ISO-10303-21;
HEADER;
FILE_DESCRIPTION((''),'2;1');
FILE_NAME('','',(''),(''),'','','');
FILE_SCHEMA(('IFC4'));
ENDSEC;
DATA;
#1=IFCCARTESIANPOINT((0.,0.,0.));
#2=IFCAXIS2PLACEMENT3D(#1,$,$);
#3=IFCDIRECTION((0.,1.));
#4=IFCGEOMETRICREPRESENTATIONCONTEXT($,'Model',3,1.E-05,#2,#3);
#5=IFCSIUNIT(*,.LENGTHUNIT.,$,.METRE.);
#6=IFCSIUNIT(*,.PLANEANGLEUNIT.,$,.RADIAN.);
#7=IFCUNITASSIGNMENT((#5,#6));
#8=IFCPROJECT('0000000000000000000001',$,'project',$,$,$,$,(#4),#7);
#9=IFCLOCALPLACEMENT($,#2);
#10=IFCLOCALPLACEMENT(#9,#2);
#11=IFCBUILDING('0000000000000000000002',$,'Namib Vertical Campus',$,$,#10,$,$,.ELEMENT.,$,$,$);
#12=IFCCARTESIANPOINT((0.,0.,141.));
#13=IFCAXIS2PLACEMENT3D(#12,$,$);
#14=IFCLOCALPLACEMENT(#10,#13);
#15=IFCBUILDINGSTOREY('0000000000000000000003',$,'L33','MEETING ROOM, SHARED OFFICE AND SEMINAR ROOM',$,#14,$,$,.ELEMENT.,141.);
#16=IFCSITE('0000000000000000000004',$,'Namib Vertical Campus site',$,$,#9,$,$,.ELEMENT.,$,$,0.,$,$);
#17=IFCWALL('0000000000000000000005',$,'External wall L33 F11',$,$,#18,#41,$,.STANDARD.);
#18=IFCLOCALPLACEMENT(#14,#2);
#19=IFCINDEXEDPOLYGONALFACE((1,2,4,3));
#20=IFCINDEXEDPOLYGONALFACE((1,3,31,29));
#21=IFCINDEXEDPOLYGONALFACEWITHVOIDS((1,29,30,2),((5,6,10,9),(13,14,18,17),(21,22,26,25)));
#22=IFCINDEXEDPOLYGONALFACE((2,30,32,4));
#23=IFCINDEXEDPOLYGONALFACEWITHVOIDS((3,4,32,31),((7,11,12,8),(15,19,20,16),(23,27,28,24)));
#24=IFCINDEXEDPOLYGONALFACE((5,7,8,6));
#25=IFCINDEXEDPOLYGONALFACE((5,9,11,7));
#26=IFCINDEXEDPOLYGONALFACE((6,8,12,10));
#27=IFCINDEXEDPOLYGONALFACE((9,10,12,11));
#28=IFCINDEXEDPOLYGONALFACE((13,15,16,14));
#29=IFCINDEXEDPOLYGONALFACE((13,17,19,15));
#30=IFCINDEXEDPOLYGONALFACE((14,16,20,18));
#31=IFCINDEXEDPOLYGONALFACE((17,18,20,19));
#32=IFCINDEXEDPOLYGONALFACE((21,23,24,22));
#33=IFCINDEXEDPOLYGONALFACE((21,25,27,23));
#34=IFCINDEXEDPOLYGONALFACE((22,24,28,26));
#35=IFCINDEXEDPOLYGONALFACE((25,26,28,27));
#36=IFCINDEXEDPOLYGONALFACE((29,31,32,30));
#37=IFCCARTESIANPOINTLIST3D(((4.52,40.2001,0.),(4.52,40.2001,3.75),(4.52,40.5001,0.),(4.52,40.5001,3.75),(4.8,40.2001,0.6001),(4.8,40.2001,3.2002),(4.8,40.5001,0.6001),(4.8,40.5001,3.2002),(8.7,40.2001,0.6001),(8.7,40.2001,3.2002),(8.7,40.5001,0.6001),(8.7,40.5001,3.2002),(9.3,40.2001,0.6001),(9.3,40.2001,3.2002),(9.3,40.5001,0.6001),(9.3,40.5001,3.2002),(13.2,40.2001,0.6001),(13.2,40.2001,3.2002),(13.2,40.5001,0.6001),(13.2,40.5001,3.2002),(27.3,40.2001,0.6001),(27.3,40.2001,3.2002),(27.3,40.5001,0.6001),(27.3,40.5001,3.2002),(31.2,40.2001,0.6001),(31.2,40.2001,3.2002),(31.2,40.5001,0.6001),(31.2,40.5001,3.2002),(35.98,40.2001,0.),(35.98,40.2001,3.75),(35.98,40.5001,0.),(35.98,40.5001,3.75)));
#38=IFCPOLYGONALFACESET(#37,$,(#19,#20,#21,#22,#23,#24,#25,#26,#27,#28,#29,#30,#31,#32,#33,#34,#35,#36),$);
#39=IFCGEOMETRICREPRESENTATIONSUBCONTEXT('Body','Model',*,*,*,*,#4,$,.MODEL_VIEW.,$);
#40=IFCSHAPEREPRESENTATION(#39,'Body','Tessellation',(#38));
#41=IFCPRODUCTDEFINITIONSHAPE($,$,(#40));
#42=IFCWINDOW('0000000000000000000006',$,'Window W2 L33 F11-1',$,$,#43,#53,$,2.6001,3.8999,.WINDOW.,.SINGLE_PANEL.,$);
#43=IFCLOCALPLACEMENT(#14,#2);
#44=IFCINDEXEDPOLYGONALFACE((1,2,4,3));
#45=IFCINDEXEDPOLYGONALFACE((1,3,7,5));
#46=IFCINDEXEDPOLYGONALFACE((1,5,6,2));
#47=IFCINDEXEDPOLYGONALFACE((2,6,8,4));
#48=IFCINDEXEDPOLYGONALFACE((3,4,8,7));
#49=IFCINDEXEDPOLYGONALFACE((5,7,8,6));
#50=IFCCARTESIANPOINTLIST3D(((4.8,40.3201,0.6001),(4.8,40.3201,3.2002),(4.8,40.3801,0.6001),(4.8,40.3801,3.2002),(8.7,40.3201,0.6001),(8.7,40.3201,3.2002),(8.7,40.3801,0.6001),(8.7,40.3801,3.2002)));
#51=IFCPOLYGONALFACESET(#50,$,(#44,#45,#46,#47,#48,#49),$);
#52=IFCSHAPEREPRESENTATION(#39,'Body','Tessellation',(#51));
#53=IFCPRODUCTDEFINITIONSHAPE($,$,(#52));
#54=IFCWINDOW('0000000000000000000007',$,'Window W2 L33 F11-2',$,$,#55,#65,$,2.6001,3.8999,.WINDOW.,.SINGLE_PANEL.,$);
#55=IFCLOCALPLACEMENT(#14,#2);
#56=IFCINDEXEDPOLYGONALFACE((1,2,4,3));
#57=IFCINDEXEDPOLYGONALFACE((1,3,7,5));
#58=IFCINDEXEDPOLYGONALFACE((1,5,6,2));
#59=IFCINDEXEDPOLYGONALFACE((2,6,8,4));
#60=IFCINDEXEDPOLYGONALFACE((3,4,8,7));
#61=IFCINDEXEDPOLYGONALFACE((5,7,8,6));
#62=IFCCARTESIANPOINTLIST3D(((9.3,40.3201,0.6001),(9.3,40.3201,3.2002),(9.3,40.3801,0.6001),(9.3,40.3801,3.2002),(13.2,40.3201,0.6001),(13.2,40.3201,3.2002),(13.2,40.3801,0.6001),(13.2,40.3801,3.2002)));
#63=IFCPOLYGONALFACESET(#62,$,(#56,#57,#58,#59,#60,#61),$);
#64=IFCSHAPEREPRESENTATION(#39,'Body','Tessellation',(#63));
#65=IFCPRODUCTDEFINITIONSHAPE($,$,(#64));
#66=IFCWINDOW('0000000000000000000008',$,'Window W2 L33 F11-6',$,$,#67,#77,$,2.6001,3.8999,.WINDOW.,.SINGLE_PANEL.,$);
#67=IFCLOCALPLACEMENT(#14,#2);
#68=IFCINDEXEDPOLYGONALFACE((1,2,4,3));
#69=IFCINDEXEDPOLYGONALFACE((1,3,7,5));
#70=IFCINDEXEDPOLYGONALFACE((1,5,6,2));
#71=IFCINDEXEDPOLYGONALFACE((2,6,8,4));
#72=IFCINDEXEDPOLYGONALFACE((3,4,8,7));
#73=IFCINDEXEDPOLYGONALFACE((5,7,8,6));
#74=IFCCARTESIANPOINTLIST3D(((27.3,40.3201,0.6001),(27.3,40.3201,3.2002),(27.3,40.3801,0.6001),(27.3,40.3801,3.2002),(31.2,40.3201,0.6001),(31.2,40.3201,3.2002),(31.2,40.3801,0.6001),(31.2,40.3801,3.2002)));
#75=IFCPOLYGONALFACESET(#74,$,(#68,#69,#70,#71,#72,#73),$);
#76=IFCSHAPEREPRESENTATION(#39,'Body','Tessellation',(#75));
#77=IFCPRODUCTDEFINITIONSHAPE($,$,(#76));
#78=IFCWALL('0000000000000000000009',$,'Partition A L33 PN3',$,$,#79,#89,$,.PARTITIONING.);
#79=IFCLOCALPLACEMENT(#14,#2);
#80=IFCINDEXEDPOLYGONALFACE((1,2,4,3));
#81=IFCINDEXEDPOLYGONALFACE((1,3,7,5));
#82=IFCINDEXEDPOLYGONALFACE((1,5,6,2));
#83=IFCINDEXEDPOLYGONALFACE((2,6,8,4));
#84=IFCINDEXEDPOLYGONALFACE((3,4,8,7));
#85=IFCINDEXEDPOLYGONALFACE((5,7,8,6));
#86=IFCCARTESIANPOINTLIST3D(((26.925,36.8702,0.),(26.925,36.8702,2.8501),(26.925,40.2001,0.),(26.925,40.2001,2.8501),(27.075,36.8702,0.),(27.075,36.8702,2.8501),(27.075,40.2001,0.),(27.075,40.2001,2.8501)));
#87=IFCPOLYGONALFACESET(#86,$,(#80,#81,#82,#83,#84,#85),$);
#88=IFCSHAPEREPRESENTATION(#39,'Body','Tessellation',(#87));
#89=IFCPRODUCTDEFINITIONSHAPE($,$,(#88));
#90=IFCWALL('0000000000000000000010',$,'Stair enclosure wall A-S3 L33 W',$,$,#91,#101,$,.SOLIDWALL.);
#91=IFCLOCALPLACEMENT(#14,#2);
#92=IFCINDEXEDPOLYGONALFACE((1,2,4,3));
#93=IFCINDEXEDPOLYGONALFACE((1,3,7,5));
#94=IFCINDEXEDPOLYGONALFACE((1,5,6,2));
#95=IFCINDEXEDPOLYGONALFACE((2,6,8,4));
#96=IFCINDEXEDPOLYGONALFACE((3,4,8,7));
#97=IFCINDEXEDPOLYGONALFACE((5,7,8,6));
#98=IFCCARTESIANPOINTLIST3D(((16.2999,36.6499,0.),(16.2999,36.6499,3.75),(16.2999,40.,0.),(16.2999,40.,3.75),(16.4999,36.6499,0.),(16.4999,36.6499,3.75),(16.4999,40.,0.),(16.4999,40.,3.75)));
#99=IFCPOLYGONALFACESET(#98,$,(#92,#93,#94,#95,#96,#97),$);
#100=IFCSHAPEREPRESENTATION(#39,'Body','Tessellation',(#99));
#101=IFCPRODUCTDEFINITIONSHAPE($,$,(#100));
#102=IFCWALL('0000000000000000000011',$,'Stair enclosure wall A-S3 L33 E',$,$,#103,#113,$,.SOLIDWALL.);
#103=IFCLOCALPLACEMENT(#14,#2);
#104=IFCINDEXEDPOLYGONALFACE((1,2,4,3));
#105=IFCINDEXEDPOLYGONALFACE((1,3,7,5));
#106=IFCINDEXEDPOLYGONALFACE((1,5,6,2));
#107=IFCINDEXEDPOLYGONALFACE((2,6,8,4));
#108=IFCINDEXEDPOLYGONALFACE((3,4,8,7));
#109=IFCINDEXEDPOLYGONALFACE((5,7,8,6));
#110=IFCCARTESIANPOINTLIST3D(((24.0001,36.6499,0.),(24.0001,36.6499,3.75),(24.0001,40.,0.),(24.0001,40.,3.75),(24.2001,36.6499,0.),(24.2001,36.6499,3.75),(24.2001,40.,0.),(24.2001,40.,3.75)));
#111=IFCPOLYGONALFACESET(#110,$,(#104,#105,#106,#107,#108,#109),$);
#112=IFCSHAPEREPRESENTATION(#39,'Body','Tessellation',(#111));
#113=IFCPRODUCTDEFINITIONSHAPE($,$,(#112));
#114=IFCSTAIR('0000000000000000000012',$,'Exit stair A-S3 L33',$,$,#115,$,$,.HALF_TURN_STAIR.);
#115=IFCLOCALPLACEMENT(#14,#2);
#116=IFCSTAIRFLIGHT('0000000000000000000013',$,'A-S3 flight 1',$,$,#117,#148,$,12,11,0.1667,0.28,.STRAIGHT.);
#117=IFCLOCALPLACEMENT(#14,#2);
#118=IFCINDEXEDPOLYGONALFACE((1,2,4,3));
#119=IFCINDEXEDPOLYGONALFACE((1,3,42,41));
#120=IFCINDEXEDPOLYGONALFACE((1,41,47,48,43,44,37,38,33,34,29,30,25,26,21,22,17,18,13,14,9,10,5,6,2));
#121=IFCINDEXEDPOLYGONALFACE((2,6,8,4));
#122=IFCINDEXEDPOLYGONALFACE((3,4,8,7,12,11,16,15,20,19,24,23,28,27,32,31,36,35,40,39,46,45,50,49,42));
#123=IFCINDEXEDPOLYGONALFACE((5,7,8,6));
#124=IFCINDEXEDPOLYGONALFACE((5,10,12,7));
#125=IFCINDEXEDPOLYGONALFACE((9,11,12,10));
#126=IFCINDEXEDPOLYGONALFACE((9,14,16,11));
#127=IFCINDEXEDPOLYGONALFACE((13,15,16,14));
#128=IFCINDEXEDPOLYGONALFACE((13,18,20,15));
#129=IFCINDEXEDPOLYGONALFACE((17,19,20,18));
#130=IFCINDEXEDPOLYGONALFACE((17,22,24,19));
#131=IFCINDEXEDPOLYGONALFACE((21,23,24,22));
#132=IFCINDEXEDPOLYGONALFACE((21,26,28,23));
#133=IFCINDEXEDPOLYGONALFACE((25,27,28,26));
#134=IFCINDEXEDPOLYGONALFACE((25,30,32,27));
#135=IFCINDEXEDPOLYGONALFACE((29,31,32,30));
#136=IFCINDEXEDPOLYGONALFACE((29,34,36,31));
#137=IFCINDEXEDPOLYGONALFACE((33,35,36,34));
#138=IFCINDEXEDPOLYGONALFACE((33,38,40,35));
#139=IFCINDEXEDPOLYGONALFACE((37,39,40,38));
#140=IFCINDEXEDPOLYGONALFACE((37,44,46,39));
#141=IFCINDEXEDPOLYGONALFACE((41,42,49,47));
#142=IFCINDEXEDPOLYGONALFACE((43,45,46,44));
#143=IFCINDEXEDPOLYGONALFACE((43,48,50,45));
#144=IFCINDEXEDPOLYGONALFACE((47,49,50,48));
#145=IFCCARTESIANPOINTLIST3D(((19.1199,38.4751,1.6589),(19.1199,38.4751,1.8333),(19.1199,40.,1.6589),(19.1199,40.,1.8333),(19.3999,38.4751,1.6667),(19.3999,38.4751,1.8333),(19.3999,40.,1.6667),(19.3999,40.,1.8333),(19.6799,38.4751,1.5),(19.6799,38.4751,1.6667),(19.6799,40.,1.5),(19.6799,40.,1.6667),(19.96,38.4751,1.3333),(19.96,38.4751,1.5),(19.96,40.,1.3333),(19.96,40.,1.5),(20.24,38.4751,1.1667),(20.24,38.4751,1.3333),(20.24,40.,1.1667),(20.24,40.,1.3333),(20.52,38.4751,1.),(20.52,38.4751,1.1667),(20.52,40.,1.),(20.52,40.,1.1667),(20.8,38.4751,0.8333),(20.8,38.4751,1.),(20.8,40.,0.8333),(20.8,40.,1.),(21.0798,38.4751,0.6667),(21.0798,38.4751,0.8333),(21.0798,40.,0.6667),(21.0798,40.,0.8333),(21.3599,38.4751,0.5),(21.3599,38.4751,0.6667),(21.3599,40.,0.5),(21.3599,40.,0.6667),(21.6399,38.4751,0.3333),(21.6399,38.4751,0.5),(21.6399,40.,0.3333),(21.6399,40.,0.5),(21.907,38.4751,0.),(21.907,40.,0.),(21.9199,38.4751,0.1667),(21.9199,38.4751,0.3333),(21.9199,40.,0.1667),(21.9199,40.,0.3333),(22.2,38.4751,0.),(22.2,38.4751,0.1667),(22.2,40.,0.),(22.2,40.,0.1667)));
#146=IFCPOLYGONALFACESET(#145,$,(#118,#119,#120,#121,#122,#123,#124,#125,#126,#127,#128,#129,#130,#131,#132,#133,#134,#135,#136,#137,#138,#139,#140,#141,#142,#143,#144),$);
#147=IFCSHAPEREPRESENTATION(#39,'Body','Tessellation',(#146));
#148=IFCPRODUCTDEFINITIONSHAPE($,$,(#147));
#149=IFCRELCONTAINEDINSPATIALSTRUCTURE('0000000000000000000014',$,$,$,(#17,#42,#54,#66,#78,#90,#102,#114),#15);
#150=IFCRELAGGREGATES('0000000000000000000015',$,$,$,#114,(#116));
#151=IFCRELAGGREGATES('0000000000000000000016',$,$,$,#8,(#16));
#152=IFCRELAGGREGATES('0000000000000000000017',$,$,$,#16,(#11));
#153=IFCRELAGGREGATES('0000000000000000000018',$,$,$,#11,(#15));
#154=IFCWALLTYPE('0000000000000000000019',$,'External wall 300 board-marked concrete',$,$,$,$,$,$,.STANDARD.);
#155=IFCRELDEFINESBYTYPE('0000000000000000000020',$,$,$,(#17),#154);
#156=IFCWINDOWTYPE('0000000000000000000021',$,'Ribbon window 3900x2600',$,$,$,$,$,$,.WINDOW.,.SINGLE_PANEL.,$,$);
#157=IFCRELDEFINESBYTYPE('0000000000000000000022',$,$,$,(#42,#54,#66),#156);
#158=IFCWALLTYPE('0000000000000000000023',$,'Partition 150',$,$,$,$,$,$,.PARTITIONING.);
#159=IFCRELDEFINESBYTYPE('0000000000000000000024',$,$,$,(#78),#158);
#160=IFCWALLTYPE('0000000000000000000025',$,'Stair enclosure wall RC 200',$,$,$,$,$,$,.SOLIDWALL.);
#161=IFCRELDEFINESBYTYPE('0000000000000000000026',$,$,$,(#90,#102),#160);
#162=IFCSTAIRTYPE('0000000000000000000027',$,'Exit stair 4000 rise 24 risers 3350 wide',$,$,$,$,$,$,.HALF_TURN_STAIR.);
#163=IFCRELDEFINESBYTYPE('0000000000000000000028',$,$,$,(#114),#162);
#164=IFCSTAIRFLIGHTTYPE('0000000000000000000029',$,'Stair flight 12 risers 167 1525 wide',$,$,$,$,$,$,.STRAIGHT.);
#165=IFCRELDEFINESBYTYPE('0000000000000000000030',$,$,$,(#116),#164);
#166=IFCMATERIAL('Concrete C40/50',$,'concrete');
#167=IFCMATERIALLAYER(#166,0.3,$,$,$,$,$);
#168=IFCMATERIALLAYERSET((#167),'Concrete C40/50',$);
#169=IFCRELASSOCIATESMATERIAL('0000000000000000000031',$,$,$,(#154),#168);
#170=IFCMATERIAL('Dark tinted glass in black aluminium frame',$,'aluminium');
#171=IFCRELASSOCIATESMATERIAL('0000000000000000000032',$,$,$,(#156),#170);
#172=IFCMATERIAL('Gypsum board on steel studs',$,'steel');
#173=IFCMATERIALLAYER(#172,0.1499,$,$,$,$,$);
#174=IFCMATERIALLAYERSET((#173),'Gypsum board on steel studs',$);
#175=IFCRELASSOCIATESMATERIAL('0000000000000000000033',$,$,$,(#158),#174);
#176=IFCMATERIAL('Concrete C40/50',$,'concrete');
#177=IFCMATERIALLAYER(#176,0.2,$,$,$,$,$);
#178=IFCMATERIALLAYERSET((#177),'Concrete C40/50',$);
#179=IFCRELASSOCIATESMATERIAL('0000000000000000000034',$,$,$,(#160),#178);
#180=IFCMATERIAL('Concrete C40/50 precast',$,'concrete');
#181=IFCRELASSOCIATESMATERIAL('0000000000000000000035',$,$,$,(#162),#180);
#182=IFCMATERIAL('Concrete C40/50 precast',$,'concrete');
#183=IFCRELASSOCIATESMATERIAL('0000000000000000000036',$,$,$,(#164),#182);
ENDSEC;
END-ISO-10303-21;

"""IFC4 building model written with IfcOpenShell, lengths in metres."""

from ifc_helpers import new_model, si_unit, direction, frame, frame_2d, origin, place, context, subcontext, project, spatial, polyline, rectangle, outline, extrude, material, layer, layer_set, type_object, element, fill, aggregate, save


model = new_model("IFC4")

# Units and contexts
model_context = context("Model", 3, precision=1e-05, world=origin(), true_north=direction((0.0, 1.0)))
body_context = subcontext(model_context, "Body", "Model", "MODEL_VIEW")
ifc_project = project(units=[si_unit("LENGTHUNIT", "METRE"), si_unit("PLANEANGLEUNIT", "RADIAN")], contexts=[model_context])

# Site, building, storey
site_placement = place(None, origin())
site = spatial("IfcSite", under=ifc_project, at=site_placement, Name="Namib Vertical Campus site", CompositionType="ELEMENT", RefElevation=0.0)
building_placement = place(site_placement, origin())
building = spatial("IfcBuilding", under=site, at=building_placement, Name="Namib Vertical Campus", CompositionType="ELEMENT")
storey_placement = place(building_placement, frame((0.0, 0.0, 141.0)))
storey = spatial("IfcBuildingStorey", under=building, at=storey_placement, Name="L33", Description="MEETING ROOM, SHARED OFFICE AND SEMINAR ROOM", CompositionType="ELEMENT", Elevation=141.0)

# Shared definitions
ifc_material_1 = material(Name="Concrete C40/50", Category="concrete")
ifc_layer_1 = layer(ifc_material_1, 0.3)
ifc_layer_set_1 = layer_set([ifc_layer_1], Name="Concrete C40/50")
wall_type_1 = type_object("IfcWallType", Name="External wall 300 board-marked concrete", PredefinedType="STANDARD", material=ifc_layer_set_1)

# Wall, openings, windows
wall_1_placement = place(storey_placement, frame((35.98, 40.3501, 0.0), z_axis=(0.0, 0.0, 1.0), x_axis=(-1.0, 0.0, 0.0)))
wall_1 = element("IfcWall", 1, at=wall_1_placement, inside=storey, type_object=wall_type_1, Name="External wall L33 F11", PredefinedType="STANDARD", context=body_context, shape_type="SweptSolid", body=[
    extrude(rectangle(XDim=31.46, YDim=0.3, at=frame_2d((15.73, 0.0))), origin(), (0.0, 0.0, 1.0), 3.75),
])
opening_1_placement = place(wall_1_placement, frame((27.28, 0.0, 0.6001)))
opening_1 = element("IfcOpeningElement", 2, at=opening_1_placement, cuts=wall_1, PredefinedType="OPENING", context=body_context, shape_type="SweptSolid", body=[
    extrude(rectangle(XDim=3.8999, YDim=2.6001, at=frame_2d((1.95, 1.3))), frame((0.0, 0.1599, 0.0), z_axis=(0.0, -1.0, 0.0), x_axis=(1.0, 0.0, 0.0)), (0.0, 0.0, 1.0), 0.3201),
])
opening_2_placement = place(wall_1_placement, frame((22.78, 0.0, 0.6001)))
opening_2 = element("IfcOpeningElement", 3, at=opening_2_placement, cuts=wall_1, PredefinedType="OPENING", context=body_context, shape_type="SweptSolid", body=[
    extrude(rectangle(XDim=3.8999, YDim=2.6001, at=frame_2d((1.95, 1.3))), frame((0.0, 0.1599, 0.0), z_axis=(0.0, -1.0, 0.0), x_axis=(1.0, 0.0, 0.0)), (0.0, 0.0, 1.0), 0.3201),
])
opening_3_placement = place(wall_1_placement, frame((4.78, 0.0, 0.6001)))
opening_3 = element("IfcOpeningElement", 4, at=opening_3_placement, cuts=wall_1, PredefinedType="OPENING", context=body_context, shape_type="SweptSolid", body=[
    extrude(rectangle(XDim=3.8999, YDim=2.6001, at=frame_2d((1.95, 1.3))), frame((0.0, 0.1599, 0.0), z_axis=(0.0, -1.0, 0.0), x_axis=(1.0, 0.0, 0.0)), (0.0, 0.0, 1.0), 0.3201),
])
ifc_material_2 = material(Name="Dark tinted glass in black aluminium frame", Category="aluminium")
window_type = type_object("IfcWindowType", Name="Ribbon window 3900x2600", PartitioningType="SINGLE_PANEL", PredefinedType="WINDOW", material=ifc_material_2)
window_1_placement = place(opening_1_placement, origin())
window_1 = element("IfcWindow", 5, at=window_1_placement, inside=storey, type_object=window_type, Name="Window W2 L33 F11-1", OverallHeight=2.6001, OverallWidth=3.8999, PartitioningType="SINGLE_PANEL", PredefinedType="WINDOW", context=body_context, shape_type="SweptSolid", body=[
    extrude(rectangle(XDim=3.8999, YDim=2.6001, at=frame_2d((1.95, 1.3))), frame((0.0, 0.03, 0.0), z_axis=(0.0, -1.0, 0.0), x_axis=(1.0, 0.0, 0.0)), (0.0, 0.0, 1.0), 0.0601),
])
fill(opening_1, window_1)
window_2_placement = place(opening_2_placement, origin())
window_2 = element("IfcWindow", 6, at=window_2_placement, inside=storey, type_object=window_type, Name="Window W2 L33 F11-2", OverallHeight=2.6001, OverallWidth=3.8999, PartitioningType="SINGLE_PANEL", PredefinedType="WINDOW", context=body_context, shape_type="SweptSolid", body=[
    extrude(rectangle(XDim=3.8999, YDim=2.6001, at=frame_2d((1.95, 1.3))), frame((0.0, 0.03, 0.0), z_axis=(0.0, -1.0, 0.0), x_axis=(1.0, 0.0, 0.0)), (0.0, 0.0, 1.0), 0.0601),
])
fill(opening_2, window_2)
window_3_placement = place(opening_3_placement, origin())
window_3 = element("IfcWindow", 7, at=window_3_placement, inside=storey, type_object=window_type, Name="Window W2 L33 F11-6", OverallHeight=2.6001, OverallWidth=3.8999, PartitioningType="SINGLE_PANEL", PredefinedType="WINDOW", context=body_context, shape_type="SweptSolid", body=[
    extrude(rectangle(XDim=3.8999, YDim=2.6001, at=frame_2d((1.95, 1.3))), frame((0.0, 0.03, 0.0), z_axis=(0.0, -1.0, 0.0), x_axis=(1.0, 0.0, 0.0)), (0.0, 0.0, 1.0), 0.0601),
])
fill(opening_3, window_3)

# Walls
ifc_material_3 = material(Name="Gypsum board on steel studs", Category="steel")
ifc_layer_2 = layer(ifc_material_3, 0.1499)
ifc_layer_set_2 = layer_set([ifc_layer_2], Name="Gypsum board on steel studs")
wall_type_2 = type_object("IfcWallType", Name="Partition 150", PredefinedType="PARTITIONING", material=ifc_layer_set_2)
wall_2_placement = place(storey_placement, frame((27.0, 36.8701, 0.0), z_axis=(0.0, 0.0, 1.0), x_axis=(0.0, 1.0, 0.0)))
element("IfcWall", 8, at=wall_2_placement, inside=storey, type_object=wall_type_2, Name="Partition A L33 PN3", PredefinedType="PARTITIONING", context=body_context, shape_type="SweptSolid", body=[
    extrude(rectangle(XDim=3.3298, YDim=0.1499, at=frame_2d((1.665, 0.0))), origin(), (0.0, 0.0, 1.0), 2.8501),
])
ifc_material_4 = material(Name="Concrete C40/50", Category="concrete")
ifc_layer_3 = layer(ifc_material_4, 0.2)
ifc_layer_set_3 = layer_set([ifc_layer_3], Name="Concrete C40/50")
wall_type_3 = type_object("IfcWallType", Name="Stair enclosure wall RC 200", PredefinedType="SOLIDWALL", material=ifc_layer_set_3)
for number, where, z_axis, x_axis, name in (
    (9, (16.3999, 36.6499, 0.0), (0.0, 0.0, 1.0), (0.0, 1.0, 0.0), "Stair enclosure wall A-S3 L33 W"),
    (10, (24.1001, 36.6499, 0.0), (0.0, 0.0, 1.0), (0.0, 1.0, 0.0), "Stair enclosure wall A-S3 L33 E"),
):
    element("IfcWall", number, at=place(storey_placement, frame(where, z_axis=z_axis, x_axis=x_axis)), inside=storey, type_object=wall_type_3, Name=name, PredefinedType="SOLIDWALL", context=body_context, shape_type="SweptSolid", body=[
        extrude(rectangle(XDim=3.3501, YDim=0.2, at=frame_2d((1.675, 0.0))), origin(), (0.0, 0.0, 1.0), 3.75),
    ])

# Stair, stair flight
ifc_material_5 = material(Name="Concrete C40/50 precast", Category="concrete")
stair_type = type_object("IfcStairType", Name="Exit stair 4000 rise 24 risers 3350 wide", PredefinedType="HALF_TURN_STAIR", material=ifc_material_5)
stair_placement = place(storey_placement, origin())
stair = element("IfcStair", 11, at=stair_placement, inside=storey, type_object=stair_type, Name="Exit stair A-S3 L33", PredefinedType="HALF_TURN_STAIR")
ifc_material_6 = material(Name="Concrete C40/50 precast", Category="concrete")
stair_flight_type = type_object("IfcStairFlightType", Name="Stair flight 12 risers 167 1525 wide", PredefinedType="STRAIGHT", material=ifc_material_6)
stair_flight_1_placement = place(storey_placement, frame((22.2, 39.2375, 0.0), z_axis=(0.0, 0.0, 1.0), x_axis=(-1.0, 0.0, 0.0)))
stair_flight_1 = element("IfcStairFlight", 12, at=stair_flight_1_placement, type_object=stair_flight_type, Name="A-S3 flight 1", NumberOfRisers=12, NumberOfTreads=11, PredefinedType="STRAIGHT", RiserHeight=0.1667, TreadLength=0.28, context=body_context, shape_type="SweptSolid", body=[
    extrude(outline(polyline([(0.0, 0.0), (0.0, 0.1667), (0.28, 0.1667), (0.28, 0.3333), (0.5601, 0.3333), (0.5601, 0.5), (0.8401, 0.5), (0.8401, 0.6667), (1.1201, 0.6667), (1.1201, 0.8333), (1.3999, 0.8333), (1.3999, 1.0), (1.6799, 1.0), (1.6799, 1.1667), (1.96, 1.1667), (1.96, 1.3333), (2.24, 1.3333), (2.24, 1.5), (2.52, 1.5), (2.52, 1.6667), (2.8, 1.6667), (2.8, 1.8333), (3.0801, 1.8333), (3.0801, 2.0), (3.0801, 1.6589), (0.293, 0.0), (0.0, 0.0)])), frame((0.0, 0.7625, 0.0), z_axis=(0.0, -1.0, 0.0), x_axis=(1.0, 0.0, 0.0)), (0.0, 0.0, 1.0), 1.5249),
])
aggregate(stair, [stair_flight_1])

save(model, "model.ifc")
